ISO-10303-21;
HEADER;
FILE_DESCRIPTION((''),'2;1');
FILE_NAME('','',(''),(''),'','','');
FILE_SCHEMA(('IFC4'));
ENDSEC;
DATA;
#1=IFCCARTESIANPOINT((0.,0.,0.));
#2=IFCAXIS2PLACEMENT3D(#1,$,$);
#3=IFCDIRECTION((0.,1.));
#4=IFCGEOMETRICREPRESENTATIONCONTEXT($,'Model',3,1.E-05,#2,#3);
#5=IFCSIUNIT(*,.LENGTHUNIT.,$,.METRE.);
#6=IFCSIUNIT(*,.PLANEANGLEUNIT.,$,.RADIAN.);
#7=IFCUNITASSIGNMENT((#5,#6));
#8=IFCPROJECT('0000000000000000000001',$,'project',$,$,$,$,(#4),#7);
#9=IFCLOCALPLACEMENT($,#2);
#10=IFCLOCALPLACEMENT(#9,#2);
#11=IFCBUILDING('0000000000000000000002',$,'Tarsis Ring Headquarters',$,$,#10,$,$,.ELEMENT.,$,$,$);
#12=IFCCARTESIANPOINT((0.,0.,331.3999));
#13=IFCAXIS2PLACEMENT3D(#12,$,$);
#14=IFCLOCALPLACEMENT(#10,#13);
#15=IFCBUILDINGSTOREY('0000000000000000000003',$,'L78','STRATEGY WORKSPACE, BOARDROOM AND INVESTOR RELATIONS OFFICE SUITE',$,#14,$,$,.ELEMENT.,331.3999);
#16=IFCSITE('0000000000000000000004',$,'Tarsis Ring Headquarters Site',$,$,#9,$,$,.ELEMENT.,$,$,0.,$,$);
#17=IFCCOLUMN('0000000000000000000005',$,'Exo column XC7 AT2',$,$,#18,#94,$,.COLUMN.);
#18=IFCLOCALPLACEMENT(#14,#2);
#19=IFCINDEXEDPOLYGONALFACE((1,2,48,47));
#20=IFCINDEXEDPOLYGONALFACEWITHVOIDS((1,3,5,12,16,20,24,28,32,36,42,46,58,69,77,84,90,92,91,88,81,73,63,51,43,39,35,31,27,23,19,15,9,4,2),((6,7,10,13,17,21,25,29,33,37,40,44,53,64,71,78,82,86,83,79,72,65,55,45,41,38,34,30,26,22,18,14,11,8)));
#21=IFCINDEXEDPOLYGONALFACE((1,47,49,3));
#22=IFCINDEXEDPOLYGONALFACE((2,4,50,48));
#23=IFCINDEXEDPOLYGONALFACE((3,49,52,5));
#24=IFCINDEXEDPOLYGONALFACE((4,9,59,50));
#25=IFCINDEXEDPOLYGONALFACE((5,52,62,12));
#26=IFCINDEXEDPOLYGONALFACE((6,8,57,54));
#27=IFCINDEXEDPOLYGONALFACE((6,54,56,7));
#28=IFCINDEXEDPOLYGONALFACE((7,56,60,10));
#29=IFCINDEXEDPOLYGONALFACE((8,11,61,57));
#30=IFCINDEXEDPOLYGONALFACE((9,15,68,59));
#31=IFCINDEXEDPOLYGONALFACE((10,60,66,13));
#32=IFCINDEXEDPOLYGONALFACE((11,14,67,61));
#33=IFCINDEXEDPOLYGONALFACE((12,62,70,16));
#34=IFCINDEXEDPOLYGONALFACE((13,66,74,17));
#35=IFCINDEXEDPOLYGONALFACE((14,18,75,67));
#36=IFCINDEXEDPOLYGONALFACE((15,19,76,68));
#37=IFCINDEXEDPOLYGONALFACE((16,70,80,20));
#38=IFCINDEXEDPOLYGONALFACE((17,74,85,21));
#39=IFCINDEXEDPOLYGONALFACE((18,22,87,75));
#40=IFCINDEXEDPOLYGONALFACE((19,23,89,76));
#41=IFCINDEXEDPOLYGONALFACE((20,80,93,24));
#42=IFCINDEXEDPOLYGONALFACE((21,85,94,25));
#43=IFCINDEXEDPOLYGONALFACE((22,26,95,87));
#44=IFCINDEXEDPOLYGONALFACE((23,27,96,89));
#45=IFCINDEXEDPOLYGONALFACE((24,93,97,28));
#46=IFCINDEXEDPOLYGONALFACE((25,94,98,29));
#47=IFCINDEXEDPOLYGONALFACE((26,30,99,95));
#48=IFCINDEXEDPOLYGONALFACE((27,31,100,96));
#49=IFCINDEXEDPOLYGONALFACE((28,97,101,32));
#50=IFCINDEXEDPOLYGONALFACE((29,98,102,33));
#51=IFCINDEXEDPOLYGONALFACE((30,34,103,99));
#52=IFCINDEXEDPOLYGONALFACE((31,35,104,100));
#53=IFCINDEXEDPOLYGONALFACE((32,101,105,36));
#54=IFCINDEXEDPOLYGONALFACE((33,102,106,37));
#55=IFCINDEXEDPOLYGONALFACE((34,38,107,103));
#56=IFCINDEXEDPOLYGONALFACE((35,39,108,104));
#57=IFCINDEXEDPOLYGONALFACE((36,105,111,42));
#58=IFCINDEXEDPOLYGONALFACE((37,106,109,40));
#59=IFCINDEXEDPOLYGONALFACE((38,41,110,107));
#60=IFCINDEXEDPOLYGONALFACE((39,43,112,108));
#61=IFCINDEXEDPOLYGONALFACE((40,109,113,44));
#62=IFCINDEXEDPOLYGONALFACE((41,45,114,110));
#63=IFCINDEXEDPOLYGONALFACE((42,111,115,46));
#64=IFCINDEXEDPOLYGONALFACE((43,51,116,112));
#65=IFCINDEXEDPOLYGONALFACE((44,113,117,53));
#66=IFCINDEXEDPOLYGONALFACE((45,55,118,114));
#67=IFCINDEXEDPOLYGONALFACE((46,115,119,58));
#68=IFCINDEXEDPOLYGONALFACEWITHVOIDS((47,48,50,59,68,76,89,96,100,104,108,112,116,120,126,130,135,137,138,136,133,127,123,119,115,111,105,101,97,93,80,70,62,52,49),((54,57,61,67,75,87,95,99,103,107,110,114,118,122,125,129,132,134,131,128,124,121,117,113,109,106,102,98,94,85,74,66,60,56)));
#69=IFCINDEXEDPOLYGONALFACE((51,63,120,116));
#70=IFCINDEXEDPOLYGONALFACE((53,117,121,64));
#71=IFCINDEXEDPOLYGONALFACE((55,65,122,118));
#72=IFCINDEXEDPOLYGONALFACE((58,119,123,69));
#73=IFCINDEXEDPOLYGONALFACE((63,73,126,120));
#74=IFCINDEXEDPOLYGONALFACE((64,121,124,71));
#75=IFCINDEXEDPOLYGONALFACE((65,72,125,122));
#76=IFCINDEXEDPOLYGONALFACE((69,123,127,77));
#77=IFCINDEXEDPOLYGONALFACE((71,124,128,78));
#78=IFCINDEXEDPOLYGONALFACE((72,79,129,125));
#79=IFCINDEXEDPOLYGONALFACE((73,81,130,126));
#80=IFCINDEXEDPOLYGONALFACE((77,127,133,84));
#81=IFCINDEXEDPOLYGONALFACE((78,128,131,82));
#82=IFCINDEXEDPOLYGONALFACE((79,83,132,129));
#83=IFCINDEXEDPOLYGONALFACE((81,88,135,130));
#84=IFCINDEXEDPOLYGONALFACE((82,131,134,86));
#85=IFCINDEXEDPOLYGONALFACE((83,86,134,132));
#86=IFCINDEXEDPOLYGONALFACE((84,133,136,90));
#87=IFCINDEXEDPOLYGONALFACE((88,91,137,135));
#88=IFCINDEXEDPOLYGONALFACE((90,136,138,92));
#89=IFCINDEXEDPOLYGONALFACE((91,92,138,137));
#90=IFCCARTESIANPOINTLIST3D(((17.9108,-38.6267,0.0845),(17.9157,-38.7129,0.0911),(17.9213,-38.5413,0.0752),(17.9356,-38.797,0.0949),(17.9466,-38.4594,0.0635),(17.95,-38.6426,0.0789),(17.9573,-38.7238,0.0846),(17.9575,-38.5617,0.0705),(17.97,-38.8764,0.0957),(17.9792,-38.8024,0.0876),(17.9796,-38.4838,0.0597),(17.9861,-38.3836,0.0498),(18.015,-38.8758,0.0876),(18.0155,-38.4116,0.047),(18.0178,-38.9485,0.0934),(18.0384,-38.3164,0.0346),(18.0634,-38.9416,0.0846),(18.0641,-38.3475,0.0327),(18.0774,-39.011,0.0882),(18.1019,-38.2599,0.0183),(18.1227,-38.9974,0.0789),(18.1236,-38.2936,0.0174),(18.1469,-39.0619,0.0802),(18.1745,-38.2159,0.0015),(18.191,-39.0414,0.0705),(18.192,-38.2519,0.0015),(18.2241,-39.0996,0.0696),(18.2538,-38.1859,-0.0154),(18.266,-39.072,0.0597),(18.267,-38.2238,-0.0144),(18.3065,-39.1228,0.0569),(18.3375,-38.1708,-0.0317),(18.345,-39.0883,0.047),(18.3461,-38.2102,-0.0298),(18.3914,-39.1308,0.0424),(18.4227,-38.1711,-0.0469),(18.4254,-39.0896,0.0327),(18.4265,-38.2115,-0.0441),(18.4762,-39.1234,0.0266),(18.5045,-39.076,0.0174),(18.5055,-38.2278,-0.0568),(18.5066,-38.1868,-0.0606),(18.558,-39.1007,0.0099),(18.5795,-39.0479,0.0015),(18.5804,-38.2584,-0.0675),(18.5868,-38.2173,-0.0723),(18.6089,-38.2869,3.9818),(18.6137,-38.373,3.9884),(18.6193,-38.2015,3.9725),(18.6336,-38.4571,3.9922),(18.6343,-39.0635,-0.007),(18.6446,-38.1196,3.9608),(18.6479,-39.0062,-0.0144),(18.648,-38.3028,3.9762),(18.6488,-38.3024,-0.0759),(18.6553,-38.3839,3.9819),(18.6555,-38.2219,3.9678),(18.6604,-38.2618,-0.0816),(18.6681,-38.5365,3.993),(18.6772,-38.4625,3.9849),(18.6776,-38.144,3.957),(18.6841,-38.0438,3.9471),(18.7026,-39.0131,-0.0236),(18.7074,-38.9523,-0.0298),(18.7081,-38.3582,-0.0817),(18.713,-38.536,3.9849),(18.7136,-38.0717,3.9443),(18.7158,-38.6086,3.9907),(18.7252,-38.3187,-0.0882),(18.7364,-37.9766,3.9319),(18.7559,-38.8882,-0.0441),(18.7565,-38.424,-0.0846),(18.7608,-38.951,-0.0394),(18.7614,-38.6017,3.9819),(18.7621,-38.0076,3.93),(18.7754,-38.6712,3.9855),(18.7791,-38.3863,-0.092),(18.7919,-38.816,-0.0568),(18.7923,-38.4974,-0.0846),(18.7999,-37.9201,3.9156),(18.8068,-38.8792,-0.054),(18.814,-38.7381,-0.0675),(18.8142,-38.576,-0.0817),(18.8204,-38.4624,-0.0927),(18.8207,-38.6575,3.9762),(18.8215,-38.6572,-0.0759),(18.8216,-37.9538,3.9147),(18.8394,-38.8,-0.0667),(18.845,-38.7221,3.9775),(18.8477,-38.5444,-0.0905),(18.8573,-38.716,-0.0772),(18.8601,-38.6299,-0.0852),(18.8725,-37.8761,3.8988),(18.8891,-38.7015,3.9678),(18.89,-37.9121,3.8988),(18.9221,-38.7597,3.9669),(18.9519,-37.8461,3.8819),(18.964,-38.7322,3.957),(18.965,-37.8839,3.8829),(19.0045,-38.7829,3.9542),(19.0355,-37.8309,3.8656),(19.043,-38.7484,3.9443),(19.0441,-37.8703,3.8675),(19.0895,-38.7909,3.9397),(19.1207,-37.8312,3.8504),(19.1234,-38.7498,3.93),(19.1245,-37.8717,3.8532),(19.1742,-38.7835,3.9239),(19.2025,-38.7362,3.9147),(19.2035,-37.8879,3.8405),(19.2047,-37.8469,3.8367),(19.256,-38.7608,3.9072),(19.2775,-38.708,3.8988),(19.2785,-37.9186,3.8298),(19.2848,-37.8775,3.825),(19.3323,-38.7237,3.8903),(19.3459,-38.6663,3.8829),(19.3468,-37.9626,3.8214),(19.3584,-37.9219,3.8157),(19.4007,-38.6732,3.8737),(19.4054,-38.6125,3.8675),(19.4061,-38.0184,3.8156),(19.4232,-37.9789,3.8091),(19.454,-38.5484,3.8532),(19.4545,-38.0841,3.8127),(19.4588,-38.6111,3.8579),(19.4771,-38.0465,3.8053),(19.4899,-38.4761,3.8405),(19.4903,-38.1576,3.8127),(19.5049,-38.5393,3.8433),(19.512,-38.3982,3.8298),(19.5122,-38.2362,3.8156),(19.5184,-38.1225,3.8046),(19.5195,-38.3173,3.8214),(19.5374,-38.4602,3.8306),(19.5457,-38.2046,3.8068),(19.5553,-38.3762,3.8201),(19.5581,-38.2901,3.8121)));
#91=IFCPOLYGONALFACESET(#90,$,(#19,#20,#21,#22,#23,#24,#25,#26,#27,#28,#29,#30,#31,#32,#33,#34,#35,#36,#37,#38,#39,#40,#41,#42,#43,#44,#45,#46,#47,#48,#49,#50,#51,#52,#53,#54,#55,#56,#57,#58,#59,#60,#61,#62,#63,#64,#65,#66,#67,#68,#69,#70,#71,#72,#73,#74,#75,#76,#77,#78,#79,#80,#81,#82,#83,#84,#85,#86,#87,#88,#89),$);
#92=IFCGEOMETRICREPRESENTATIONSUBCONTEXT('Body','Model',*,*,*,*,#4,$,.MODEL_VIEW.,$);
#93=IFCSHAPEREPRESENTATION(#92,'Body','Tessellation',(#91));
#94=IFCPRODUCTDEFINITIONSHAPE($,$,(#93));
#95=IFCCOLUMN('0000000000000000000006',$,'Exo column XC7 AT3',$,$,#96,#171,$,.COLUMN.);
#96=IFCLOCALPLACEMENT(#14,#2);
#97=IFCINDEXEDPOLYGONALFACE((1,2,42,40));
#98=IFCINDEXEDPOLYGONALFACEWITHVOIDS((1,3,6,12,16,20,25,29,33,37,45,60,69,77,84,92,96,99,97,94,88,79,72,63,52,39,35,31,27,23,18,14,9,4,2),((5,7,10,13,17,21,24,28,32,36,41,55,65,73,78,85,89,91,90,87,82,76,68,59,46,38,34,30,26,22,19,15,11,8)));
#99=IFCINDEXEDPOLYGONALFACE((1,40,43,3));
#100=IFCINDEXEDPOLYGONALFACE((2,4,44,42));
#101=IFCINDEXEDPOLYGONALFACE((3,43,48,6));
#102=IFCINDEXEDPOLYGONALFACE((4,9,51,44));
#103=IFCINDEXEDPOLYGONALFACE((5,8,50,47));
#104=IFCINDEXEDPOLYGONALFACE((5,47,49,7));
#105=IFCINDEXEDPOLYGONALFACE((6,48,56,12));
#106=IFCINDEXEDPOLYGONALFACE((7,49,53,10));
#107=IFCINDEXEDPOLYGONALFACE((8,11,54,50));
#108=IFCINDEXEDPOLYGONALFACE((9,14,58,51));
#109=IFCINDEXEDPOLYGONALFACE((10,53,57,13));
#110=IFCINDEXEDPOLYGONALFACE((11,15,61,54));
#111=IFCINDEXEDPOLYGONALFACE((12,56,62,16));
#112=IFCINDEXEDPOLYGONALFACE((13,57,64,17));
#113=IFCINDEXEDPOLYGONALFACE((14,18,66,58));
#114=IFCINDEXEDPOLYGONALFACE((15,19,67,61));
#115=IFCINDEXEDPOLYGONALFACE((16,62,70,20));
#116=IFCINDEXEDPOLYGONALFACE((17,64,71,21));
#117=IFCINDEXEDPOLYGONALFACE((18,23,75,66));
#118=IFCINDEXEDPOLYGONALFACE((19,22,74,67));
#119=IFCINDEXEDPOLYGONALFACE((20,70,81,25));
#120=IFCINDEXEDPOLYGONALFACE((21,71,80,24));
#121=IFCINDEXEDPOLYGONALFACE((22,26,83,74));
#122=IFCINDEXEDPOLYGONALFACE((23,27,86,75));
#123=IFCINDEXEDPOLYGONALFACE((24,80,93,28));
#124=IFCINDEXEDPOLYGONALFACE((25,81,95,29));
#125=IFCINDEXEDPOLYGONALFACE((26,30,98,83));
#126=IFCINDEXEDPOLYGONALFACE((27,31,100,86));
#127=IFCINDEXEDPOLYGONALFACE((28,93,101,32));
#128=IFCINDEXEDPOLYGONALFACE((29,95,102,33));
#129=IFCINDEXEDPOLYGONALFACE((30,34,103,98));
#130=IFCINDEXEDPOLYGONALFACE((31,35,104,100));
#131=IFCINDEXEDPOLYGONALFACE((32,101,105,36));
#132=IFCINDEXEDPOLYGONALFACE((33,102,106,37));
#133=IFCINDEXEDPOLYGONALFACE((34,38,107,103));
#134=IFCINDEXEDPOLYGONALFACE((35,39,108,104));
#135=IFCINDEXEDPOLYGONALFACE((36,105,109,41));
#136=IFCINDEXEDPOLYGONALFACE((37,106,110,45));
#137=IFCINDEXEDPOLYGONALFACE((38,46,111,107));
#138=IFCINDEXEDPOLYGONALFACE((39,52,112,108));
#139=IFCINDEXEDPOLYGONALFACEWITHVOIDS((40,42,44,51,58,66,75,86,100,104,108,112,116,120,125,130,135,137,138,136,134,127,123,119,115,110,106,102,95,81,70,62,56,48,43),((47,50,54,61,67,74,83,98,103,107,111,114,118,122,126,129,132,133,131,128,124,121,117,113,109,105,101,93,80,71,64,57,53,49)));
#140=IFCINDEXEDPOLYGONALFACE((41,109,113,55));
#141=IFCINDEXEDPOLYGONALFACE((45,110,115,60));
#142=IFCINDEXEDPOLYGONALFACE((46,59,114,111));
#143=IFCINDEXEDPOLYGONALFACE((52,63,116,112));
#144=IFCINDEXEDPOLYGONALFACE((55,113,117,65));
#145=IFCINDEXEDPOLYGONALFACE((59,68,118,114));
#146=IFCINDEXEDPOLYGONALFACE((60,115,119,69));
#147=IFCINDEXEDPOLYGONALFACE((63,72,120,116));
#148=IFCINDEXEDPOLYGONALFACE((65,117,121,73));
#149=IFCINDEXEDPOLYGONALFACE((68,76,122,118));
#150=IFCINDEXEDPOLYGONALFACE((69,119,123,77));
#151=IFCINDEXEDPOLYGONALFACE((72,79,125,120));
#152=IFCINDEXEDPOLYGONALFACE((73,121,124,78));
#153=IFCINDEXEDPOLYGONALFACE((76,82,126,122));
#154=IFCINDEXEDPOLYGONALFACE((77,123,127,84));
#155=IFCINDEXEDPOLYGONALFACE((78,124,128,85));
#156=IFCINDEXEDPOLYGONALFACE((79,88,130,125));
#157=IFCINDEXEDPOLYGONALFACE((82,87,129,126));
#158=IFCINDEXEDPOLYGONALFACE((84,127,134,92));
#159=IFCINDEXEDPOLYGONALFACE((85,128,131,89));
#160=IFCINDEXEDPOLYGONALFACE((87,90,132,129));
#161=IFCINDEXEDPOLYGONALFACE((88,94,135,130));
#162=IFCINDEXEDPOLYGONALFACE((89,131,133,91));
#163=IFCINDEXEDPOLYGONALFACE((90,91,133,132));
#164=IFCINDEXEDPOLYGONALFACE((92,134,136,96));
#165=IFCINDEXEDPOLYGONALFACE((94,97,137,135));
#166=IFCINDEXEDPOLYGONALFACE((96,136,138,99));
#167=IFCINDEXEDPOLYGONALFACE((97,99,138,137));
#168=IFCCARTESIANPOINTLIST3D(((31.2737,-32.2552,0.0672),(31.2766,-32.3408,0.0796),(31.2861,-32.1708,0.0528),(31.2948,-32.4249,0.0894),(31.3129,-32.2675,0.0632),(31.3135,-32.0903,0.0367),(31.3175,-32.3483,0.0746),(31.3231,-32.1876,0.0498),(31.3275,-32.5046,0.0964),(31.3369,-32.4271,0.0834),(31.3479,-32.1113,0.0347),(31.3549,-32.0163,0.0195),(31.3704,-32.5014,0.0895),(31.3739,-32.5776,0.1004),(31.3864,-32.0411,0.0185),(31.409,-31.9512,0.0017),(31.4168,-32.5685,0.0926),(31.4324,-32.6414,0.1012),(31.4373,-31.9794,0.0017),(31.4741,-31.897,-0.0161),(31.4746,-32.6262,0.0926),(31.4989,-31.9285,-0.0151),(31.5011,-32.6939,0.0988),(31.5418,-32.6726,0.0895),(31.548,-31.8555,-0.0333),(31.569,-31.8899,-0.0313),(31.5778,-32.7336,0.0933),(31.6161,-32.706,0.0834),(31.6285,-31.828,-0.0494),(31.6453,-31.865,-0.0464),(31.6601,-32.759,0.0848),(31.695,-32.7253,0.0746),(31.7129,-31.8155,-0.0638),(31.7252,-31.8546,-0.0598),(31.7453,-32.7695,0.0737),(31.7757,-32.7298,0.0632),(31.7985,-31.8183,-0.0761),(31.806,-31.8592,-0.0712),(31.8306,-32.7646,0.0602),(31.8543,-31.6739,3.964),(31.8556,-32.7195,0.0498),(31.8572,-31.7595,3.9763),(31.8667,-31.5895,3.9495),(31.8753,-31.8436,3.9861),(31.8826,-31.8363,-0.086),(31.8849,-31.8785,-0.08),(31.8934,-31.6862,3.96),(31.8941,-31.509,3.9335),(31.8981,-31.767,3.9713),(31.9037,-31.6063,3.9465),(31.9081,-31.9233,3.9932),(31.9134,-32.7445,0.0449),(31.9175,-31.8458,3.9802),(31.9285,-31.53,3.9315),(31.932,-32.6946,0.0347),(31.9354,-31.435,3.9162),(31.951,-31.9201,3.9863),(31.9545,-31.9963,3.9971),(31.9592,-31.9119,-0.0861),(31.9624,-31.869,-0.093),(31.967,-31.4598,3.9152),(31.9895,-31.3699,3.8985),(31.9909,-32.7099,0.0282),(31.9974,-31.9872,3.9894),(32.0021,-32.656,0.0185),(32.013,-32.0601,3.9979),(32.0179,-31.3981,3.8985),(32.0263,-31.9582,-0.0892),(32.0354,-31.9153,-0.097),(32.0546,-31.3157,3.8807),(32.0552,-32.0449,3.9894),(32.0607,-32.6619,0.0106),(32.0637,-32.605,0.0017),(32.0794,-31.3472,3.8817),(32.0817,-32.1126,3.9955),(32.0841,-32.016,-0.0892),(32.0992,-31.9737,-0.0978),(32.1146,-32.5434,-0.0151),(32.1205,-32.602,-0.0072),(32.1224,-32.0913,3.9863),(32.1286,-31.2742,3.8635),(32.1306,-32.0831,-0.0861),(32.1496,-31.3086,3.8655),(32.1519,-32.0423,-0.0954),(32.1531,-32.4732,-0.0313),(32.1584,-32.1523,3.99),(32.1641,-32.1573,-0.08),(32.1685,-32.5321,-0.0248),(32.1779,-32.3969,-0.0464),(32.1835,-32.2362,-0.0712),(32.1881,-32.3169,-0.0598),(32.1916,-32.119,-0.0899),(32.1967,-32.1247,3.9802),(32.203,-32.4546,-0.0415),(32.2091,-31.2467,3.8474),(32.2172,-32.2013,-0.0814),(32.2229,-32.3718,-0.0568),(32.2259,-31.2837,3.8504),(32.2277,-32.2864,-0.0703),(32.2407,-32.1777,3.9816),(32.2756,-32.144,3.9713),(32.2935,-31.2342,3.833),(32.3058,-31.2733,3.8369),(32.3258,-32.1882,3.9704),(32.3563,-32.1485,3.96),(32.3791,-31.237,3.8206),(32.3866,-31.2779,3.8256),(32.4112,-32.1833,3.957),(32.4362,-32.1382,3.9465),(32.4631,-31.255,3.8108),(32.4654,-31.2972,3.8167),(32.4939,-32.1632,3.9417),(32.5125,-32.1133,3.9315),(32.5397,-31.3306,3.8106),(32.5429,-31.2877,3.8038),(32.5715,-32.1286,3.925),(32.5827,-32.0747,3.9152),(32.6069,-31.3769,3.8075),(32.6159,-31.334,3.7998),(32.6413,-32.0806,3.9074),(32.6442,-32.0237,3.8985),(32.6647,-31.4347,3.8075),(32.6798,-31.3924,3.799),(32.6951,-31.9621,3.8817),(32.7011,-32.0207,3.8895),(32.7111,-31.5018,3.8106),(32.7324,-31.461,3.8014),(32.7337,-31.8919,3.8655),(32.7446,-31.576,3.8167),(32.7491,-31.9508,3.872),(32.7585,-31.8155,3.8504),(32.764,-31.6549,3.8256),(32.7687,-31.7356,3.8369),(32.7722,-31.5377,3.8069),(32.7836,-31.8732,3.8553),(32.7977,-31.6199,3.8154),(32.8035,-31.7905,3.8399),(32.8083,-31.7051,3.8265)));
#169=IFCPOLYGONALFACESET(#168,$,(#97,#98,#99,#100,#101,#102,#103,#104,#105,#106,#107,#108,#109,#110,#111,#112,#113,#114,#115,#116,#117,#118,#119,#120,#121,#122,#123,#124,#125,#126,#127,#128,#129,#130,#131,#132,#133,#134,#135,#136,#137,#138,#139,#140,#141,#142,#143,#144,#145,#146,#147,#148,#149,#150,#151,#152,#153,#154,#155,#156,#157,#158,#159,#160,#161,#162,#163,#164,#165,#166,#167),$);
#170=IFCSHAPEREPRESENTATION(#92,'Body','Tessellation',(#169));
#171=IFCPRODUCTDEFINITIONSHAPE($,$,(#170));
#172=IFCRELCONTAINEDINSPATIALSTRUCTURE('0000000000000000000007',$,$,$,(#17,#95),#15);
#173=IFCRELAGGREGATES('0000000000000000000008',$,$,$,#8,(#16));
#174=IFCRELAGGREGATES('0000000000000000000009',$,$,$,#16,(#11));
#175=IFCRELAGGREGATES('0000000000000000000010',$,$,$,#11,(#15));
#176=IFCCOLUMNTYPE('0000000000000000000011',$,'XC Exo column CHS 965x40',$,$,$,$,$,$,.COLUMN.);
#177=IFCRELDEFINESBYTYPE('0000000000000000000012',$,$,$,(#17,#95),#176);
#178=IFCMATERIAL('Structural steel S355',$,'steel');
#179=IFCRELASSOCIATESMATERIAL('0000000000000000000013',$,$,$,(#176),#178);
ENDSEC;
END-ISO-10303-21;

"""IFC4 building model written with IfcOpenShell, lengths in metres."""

from ifc_helpers import new_model, si_unit, direction, frame, origin, origin_2d, place, context, subcontext, project, spatial, hollow_circle, extrude, material, material_profile, profile_set, type_object, element, save


model = new_model("IFC4")

# Units and contexts
model_context = context("Model", 3, precision=1e-05, world=origin(), true_north=direction((0.0, 1.0)))
body_context = subcontext(model_context, "Body", "Model", "MODEL_VIEW")
ifc_project = project(units=[si_unit("LENGTHUNIT", "METRE"), si_unit("PLANEANGLEUNIT", "RADIAN")], contexts=[model_context])

# Site, building, storey
site_placement = place(None, origin())
site = spatial("IfcSite", under=ifc_project, at=site_placement, Name="Tarsis Ring Headquarters Site", CompositionType="ELEMENT", RefElevation=0.0)
building_placement = place(site_placement, origin())
building = spatial("IfcBuilding", under=site, at=building_placement, Name="Tarsis Ring Headquarters", CompositionType="ELEMENT")
storey_placement = place(building_placement, frame((0.0, 0.0, 331.3999)))
storey = spatial("IfcBuildingStorey", under=building, at=storey_placement, Name="L78", Description="STRATEGY WORKSPACE, BOARDROOM AND INVESTOR RELATIONS OFFICE SUITE", CompositionType="ELEMENT", Elevation=331.3999)

# Columns
ifc_material_1 = material(Name="Structural steel S355", Category="steel")
ifc_material_profile_1 = material_profile(ifc_material_1, hollow_circle(Radius=0.4827, WallThickness=0.04, at=origin_2d()), Name="CHS 965x40")
ifc_profile_set_1 = profile_set([ifc_material_profile_1], Name="Structural steel S355")
column_type = type_object("IfcColumnType", Name="XC Exo column CHS 965x40", PredefinedType="COLUMN", material=ifc_profile_set_1)
column_1_placement = place(storey_placement, frame((18.3857, -38.6499, 0.0015), z_axis=(0.175651, 0.085521, 0.980731), x_axis=(-0.437754, 0.899095, 0.0)))
element("IfcColumn", 1, at=column_1_placement, inside=storey, type_object=column_type, Name="Exo column XC7 AT2", PredefinedType="COLUMN", context=body_context, shape_type="SweptSolid", body=[
    extrude(hollow_circle(Radius=0.4827, WallThickness=0.04, at=origin_2d()), origin(), (0.0, 0.0, 1.0), 3.9739),
])
column_2_placement = place(storey_placement, frame((31.7505, -32.2922, 0.0017), z_axis=(0.145783, 0.145967, 0.978489), x_axis=(-0.707552, 0.706661, 0.0)))
element("IfcColumn", 2, at=column_2_placement, inside=storey, type_object=column_type, Name="Exo column XC7 AT3", PredefinedType="COLUMN", context=body_context, shape_type="SweptSolid", body=[
    extrude(hollow_circle(Radius=0.4827, WallThickness=0.04, at=origin_2d()), origin(), (0.0, 0.0, 1.0), 3.9824),
])

save(model, "model.ifc")
